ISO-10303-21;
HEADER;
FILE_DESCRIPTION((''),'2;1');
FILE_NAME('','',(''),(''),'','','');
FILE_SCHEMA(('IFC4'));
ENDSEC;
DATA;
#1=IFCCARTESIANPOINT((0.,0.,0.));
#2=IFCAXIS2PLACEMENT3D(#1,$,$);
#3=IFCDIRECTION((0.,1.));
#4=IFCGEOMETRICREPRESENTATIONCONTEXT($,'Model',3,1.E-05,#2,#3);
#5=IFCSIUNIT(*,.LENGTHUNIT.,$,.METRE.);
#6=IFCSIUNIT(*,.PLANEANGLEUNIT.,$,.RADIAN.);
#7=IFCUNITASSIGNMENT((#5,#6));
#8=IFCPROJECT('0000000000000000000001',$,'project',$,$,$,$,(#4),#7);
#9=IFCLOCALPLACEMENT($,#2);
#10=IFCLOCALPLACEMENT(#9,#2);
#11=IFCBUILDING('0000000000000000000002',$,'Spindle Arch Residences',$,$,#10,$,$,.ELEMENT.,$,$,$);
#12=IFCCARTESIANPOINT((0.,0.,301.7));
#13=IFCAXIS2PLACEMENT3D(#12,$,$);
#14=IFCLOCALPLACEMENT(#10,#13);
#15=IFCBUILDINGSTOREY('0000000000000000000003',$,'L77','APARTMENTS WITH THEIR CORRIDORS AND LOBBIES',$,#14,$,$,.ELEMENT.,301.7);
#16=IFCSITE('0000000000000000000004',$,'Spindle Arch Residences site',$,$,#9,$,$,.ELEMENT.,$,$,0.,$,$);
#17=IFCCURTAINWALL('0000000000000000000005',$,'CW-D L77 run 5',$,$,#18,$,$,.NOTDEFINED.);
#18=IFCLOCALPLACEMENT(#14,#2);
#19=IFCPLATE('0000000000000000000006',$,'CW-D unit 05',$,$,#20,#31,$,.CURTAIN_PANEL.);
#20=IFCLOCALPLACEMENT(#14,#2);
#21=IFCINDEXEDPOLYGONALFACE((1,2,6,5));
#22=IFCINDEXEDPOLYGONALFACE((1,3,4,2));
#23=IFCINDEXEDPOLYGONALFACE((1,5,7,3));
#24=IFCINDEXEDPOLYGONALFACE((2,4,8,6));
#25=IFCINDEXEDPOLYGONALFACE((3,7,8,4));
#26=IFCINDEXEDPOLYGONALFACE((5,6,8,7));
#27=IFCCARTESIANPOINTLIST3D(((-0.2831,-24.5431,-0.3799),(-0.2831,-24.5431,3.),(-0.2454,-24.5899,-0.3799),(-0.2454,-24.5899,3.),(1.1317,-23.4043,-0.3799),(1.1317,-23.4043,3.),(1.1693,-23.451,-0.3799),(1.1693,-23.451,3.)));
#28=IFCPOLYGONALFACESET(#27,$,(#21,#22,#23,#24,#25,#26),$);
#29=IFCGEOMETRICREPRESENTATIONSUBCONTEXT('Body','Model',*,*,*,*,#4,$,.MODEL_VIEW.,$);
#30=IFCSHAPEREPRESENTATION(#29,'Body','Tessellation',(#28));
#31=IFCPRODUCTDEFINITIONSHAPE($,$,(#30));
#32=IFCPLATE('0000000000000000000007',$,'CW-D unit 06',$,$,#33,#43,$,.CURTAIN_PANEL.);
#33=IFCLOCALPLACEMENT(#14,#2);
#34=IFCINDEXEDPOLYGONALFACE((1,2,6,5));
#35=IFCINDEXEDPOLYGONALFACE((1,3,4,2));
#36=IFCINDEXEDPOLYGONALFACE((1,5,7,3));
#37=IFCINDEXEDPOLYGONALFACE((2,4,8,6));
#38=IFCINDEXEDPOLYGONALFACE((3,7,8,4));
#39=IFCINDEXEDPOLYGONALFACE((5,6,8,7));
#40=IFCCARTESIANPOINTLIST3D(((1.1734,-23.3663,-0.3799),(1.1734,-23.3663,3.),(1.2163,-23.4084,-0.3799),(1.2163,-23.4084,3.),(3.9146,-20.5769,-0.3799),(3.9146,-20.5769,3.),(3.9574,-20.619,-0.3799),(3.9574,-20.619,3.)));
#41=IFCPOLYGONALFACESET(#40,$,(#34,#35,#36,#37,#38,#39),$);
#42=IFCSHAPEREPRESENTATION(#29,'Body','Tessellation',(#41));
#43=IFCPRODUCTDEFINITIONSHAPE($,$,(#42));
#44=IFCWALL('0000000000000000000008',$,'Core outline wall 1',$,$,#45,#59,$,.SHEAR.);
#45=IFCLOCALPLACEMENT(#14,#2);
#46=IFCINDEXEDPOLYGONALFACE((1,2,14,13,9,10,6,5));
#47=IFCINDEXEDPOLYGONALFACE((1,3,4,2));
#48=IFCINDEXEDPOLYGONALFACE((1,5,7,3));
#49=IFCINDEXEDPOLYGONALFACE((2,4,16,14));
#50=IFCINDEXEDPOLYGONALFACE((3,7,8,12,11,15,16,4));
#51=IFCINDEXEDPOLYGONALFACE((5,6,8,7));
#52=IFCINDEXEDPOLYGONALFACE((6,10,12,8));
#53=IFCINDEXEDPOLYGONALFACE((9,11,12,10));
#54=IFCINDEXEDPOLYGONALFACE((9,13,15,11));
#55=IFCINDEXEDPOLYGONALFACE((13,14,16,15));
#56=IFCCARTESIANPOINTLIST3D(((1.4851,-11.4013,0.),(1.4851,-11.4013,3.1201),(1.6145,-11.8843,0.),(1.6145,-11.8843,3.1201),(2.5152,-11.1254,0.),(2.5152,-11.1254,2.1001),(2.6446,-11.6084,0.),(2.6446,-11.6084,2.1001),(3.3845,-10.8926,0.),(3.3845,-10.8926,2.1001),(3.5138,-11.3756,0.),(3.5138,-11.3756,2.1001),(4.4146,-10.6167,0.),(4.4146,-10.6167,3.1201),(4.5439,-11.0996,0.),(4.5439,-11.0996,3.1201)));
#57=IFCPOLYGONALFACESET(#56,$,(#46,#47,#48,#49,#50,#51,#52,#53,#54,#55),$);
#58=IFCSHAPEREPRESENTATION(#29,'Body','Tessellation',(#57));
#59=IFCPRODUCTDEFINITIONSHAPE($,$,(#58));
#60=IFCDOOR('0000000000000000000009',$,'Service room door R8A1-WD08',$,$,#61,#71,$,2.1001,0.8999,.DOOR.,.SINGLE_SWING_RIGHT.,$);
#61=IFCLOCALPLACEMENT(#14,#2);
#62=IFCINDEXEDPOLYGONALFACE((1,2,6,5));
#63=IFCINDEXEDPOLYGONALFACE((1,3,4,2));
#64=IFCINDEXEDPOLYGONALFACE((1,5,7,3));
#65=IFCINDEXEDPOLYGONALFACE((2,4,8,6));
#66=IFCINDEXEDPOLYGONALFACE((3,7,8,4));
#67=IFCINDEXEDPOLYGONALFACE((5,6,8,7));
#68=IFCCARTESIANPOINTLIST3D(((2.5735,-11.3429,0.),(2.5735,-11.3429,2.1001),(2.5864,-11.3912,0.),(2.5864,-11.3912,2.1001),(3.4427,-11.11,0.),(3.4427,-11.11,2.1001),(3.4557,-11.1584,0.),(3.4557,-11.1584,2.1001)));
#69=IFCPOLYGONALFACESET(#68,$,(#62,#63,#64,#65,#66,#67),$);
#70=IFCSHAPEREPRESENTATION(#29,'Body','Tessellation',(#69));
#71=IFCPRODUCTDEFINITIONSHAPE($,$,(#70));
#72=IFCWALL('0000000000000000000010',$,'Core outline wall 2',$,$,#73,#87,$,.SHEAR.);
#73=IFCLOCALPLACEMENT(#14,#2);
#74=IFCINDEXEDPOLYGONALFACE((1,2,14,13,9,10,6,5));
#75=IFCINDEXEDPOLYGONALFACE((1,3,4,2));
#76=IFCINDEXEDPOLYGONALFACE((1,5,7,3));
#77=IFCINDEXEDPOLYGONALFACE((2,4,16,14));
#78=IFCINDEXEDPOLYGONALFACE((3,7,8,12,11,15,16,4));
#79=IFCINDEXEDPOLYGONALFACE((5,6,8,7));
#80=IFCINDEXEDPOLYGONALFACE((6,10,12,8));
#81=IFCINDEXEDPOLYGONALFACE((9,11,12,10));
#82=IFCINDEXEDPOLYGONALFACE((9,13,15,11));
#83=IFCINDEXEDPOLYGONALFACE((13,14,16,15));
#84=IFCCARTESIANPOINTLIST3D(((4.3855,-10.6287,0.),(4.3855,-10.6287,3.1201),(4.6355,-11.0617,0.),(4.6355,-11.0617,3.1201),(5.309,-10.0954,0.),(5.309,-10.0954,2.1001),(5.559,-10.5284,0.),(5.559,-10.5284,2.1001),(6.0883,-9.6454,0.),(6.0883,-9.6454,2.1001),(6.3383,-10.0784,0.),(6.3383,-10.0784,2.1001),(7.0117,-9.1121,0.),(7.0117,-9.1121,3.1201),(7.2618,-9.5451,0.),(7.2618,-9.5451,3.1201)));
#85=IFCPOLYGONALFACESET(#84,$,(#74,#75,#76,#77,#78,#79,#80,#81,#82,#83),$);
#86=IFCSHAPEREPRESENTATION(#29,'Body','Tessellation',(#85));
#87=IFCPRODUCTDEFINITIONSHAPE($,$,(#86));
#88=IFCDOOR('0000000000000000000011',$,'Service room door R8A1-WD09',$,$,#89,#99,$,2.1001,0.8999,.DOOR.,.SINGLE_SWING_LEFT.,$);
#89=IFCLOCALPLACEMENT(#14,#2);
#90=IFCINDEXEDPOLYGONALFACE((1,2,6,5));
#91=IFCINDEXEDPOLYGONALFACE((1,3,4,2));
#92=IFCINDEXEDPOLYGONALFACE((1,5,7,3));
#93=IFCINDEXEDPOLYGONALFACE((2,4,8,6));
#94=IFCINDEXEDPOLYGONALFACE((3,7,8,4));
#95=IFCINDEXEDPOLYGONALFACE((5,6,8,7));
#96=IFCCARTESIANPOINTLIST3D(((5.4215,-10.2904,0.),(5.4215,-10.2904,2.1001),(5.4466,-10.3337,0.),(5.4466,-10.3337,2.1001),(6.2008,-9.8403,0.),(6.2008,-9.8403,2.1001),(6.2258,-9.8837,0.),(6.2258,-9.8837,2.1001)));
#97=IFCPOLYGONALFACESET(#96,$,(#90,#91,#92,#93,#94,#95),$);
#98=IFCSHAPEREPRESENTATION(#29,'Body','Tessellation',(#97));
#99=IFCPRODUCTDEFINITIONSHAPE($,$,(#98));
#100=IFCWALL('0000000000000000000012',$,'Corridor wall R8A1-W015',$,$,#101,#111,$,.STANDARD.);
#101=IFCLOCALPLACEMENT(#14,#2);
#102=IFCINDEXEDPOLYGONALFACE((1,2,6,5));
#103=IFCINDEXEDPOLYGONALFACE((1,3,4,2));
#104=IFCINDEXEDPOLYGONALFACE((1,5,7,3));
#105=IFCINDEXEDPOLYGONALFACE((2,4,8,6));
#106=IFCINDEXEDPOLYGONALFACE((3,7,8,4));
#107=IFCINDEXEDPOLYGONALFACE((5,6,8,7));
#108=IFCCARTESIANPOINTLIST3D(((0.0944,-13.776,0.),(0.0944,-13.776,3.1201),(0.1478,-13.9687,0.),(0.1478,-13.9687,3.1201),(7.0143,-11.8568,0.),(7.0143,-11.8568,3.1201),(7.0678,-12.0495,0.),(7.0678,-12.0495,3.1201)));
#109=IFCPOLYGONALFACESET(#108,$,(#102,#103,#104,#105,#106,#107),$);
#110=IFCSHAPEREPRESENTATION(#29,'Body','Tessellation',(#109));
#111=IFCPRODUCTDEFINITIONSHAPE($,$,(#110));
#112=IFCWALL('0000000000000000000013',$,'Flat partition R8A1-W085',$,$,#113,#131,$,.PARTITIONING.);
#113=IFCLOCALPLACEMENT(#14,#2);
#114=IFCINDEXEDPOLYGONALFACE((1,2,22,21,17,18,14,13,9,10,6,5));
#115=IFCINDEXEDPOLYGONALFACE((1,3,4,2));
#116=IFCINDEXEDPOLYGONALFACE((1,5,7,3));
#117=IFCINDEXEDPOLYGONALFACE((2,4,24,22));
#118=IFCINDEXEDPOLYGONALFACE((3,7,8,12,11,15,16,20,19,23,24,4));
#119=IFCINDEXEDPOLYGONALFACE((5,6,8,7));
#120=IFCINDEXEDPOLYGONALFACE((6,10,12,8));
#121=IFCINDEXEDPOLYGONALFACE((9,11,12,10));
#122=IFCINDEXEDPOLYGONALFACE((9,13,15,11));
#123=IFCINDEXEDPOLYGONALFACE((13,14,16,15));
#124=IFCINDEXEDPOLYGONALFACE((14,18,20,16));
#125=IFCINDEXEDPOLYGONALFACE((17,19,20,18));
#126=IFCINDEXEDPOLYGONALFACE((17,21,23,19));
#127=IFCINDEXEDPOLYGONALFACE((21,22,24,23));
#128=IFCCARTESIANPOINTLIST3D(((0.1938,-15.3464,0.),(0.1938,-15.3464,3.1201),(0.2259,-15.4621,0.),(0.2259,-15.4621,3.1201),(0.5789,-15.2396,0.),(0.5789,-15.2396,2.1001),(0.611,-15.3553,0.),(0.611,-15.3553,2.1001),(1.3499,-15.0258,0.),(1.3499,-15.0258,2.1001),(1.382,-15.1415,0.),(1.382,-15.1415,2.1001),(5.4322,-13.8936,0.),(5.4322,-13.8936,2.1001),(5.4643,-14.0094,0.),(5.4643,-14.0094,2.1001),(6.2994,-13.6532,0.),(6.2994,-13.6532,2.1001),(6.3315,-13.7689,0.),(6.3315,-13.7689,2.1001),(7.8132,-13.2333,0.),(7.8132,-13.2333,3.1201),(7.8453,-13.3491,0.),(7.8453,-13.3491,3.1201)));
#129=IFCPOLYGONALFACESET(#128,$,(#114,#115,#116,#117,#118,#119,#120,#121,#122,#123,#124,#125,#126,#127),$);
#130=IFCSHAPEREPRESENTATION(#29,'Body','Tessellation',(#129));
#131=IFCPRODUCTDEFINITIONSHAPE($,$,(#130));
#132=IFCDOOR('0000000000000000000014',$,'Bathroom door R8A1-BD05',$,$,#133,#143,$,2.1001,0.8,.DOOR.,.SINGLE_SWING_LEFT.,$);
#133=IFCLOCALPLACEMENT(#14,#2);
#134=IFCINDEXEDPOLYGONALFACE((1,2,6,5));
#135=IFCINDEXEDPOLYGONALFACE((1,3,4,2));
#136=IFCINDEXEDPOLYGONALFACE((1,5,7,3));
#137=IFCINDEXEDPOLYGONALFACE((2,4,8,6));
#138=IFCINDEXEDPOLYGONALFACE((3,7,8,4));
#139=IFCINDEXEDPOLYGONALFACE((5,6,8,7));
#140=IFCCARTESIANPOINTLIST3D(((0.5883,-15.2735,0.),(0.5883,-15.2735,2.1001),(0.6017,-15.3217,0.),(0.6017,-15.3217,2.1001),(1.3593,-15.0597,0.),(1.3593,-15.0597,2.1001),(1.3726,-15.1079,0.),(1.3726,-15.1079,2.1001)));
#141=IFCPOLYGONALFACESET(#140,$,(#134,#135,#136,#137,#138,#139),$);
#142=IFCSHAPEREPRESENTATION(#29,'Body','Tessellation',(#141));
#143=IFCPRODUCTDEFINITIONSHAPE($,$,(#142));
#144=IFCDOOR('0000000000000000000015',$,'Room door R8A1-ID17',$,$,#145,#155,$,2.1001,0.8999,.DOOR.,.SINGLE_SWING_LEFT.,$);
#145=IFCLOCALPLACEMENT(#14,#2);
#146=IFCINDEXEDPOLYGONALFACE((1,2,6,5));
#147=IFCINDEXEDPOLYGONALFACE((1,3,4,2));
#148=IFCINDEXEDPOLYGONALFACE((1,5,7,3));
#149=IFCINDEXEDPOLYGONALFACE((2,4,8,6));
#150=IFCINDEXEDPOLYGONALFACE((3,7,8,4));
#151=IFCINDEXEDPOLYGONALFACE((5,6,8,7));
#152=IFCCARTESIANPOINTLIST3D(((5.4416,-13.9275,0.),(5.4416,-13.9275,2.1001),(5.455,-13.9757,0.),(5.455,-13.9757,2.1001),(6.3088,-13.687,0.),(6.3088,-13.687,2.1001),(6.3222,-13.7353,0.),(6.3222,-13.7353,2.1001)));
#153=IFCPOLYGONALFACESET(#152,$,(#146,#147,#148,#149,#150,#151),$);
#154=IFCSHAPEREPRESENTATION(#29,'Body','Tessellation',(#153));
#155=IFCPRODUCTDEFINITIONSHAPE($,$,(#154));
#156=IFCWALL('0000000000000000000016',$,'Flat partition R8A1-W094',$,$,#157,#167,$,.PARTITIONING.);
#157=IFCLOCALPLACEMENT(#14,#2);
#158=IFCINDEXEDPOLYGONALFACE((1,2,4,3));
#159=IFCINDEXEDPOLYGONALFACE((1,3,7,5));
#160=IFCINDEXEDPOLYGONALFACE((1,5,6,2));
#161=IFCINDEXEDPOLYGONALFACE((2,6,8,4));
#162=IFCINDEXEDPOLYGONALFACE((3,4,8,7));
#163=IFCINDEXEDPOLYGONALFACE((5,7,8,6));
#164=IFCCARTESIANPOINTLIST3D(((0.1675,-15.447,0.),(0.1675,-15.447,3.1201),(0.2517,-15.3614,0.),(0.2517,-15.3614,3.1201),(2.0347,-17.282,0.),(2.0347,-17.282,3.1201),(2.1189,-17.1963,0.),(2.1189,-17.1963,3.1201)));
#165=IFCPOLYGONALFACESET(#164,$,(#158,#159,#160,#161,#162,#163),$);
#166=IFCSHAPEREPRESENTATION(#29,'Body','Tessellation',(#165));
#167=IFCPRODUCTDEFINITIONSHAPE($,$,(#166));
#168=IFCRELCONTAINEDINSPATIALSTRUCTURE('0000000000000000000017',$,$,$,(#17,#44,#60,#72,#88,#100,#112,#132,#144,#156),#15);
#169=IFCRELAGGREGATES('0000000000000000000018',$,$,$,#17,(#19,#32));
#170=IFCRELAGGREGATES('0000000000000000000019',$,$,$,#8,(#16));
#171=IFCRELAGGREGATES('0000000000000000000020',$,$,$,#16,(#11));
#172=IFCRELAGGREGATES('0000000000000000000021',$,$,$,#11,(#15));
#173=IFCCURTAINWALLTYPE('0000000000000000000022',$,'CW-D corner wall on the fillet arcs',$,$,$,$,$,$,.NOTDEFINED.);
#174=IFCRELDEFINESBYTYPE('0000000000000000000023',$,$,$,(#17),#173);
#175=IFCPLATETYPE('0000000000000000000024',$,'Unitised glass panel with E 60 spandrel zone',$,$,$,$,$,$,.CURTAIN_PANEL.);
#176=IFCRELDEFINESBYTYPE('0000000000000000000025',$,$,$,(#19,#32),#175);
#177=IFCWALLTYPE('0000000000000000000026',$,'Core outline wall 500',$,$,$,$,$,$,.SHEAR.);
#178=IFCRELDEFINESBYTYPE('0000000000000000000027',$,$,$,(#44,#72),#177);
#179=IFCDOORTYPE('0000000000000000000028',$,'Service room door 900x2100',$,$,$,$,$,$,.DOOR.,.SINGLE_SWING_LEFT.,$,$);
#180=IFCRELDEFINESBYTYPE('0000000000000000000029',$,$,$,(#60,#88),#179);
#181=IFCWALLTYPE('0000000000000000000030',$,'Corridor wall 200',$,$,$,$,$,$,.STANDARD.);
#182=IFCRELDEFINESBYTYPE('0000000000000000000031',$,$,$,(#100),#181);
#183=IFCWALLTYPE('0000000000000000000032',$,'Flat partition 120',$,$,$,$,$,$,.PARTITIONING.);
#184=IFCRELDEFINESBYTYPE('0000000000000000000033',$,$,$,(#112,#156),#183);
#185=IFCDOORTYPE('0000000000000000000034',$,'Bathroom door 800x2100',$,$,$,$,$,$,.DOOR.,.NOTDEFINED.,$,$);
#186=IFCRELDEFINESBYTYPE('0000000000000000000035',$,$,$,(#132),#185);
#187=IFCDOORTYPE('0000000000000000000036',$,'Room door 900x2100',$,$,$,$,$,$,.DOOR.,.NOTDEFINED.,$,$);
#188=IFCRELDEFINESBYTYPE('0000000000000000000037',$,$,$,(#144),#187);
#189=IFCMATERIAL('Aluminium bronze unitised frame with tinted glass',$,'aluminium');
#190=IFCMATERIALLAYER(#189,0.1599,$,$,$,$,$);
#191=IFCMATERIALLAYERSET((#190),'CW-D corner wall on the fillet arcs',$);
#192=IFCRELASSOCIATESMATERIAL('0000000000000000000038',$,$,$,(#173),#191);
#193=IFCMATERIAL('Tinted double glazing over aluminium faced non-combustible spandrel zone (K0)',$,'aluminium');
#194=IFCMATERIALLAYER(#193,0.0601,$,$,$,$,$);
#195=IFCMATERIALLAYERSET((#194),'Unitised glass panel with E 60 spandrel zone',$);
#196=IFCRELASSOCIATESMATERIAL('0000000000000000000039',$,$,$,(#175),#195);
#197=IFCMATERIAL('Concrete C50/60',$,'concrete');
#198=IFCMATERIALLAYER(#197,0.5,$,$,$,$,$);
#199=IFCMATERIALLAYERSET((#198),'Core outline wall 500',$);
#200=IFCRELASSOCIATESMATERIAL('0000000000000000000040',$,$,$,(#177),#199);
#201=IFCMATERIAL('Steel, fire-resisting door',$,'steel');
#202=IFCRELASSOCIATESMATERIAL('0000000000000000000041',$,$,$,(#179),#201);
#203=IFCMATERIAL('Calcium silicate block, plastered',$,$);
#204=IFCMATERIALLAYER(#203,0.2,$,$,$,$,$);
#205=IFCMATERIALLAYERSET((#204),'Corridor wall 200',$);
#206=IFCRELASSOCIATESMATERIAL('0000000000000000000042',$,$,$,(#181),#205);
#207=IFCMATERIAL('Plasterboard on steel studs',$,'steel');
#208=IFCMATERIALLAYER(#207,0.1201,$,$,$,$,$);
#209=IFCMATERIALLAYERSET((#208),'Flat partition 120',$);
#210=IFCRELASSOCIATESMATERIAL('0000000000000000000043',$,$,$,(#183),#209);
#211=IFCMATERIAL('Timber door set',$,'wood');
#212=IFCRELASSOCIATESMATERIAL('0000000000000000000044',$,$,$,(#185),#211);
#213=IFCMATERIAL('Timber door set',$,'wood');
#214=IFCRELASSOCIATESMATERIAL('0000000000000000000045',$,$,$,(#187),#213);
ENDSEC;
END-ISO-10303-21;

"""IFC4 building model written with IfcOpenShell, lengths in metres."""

from ifc_helpers import new_model, si_unit, direction, frame, frame_2d, origin, origin_2d, place, context, subcontext, project, spatial, rectangle, extrude, material, layer, layer_set, type_object, element, fill, aggregate, save


model = new_model("IFC4")

# Units and contexts
model_context = context("Model", 3, precision=1e-05, world=origin(), true_north=direction((0.0, 1.0)))
body_context = subcontext(model_context, "Body", "Model", "MODEL_VIEW")
ifc_project = project(units=[si_unit("LENGTHUNIT", "METRE"), si_unit("PLANEANGLEUNIT", "RADIAN")], contexts=[model_context])

# Site, building, storey
site_placement = place(None, origin())
site = spatial("IfcSite", under=ifc_project, at=site_placement, Name="Spindle Arch Residences site", CompositionType="ELEMENT", RefElevation=0.0)
building_placement = place(site_placement, origin())
building = spatial("IfcBuilding", under=site, at=building_placement, Name="Spindle Arch Residences", CompositionType="ELEMENT")
storey_placement = place(building_placement, frame((0.0, 0.0, 301.7)))
storey = spatial("IfcBuildingStorey", under=building, at=storey_placement, Name="L77", Description="APARTMENTS WITH THEIR CORRIDORS AND LOBBIES", CompositionType="ELEMENT", Elevation=301.7)

# Curtain wall
ifc_material_1 = material(Name="Aluminium bronze unitised frame with tinted glass", Category="aluminium")
ifc_layer_1 = layer(ifc_material_1, 0.1599)
ifc_layer_set_1 = layer_set([ifc_layer_1], Name="CW-D corner wall on the fillet arcs")
curtain_wall_type_1 = type_object("IfcCurtainWallType", Name="CW-D corner wall on the fillet arcs", PredefinedType="NOTDEFINED", material=ifc_layer_set_1)
curtain_wall_1_placement = place(storey_placement, origin())
curtain_wall_1 = element("IfcCurtainWall", 1, at=curtain_wall_1_placement, inside=storey, type_object=curtain_wall_type_1, Name="CW-D L77 run 5", PredefinedType="NOTDEFINED")

# Plates
ifc_material_2 = material(Name="Tinted double glazing over aluminium faced non-combustible spandrel zone (K0)", Category="aluminium")
ifc_layer_2 = layer(ifc_material_2, 0.0601)
ifc_layer_set_2 = layer_set([ifc_layer_2], Name="Unitised glass panel with E 60 spandrel zone")
plate_type = type_object("IfcPlateType", Name="Unitised glass panel with E 60 spandrel zone", PredefinedType="CURTAIN_PANEL", material=ifc_layer_set_2)
plate_1_placement = place(storey_placement, frame((0.4431, -23.9971, -0.3799), z_axis=(0.0, 0.0, 1.0), x_axis=(0.778973, 0.627057, 0.0)))
plate_1 = element("IfcPlate", 2, at=plate_1_placement, type_object=plate_type, Name="CW-D unit 05", PredefinedType="CURTAIN_PANEL", context=body_context, shape_type="SweptSolid", body=[
    extrude(rectangle(XDim=1.8162, YDim=0.0601, at=origin_2d()), origin(), (0.0, 0.0, 1.0), 3.3799),
])
plate_2_placement = place(storey_placement, frame((2.5654, -21.9927, -0.3799), z_axis=(0.0, 0.0, 1.0), x_axis=(0.700909, 0.71325, 0.0)))
plate_2 = element("IfcPlate", 3, at=plate_2_placement, type_object=plate_type, Name="CW-D unit 06", PredefinedType="CURTAIN_PANEL", context=body_context, shape_type="SweptSolid", body=[
    extrude(rectangle(XDim=3.9109, YDim=0.0601, at=origin_2d()), origin(), (0.0, 0.0, 1.0), 3.3799),
])
aggregate(curtain_wall_1, [plate_1, plate_2])

# Walls, openings, doors
ifc_material_3 = material(Name="Concrete C50/60", Category="concrete")
ifc_layer_3 = layer(ifc_material_3, 0.5)
ifc_layer_set_3 = layer_set([ifc_layer_3], Name="Core outline wall 500")
wall_type_1 = type_object("IfcWallType", Name="Core outline wall 500", PredefinedType="SHEAR", material=ifc_layer_set_3)
wall_1_placement = place(storey_placement, frame((1.5498, -11.6428, 0.0), z_axis=(0.0, 0.0, 1.0), x_axis=(0.965948, 0.258735, 0.0)))
wall_1 = element("IfcWall", 4, at=wall_1_placement, inside=storey, type_object=wall_type_1, Name="Core outline wall 1", PredefinedType="SHEAR", context=body_context, shape_type="SweptSolid", body=[
    extrude(rectangle(XDim=3.0327, YDim=0.5, at=frame_2d((1.5164, 0.0))), origin(), (0.0, 0.0, 1.0), 3.1201),
])
opening_1_placement = place(wall_1_placement, frame((1.0664, 0.0, 0.0)))
opening_1 = element("IfcOpeningElement", 5, at=opening_1_placement, cuts=wall_1, PredefinedType="OPENING", context=body_context, shape_type="SweptSolid", body=[
    extrude(rectangle(XDim=0.8999, YDim=2.1001, at=frame_2d((0.45, 1.05))), frame((0.0, 0.26, 0.0), z_axis=(0.0, -1.0, 0.0), x_axis=(1.0, 0.0, 0.0)), (0.0, 0.0, 1.0), 0.52),
])
ifc_material_4 = material(Name="Steel, fire-resisting door", Category="steel")
door_type_1 = type_object("IfcDoorType", Name="Service room door 900x2100", OperationType="SINGLE_SWING_LEFT", PredefinedType="DOOR", material=ifc_material_4)
door_1_placement = place(opening_1_placement, origin())
door_1 = element("IfcDoor", 6, at=door_1_placement, inside=storey, type_object=door_type_1, Name="Service room door R8A1-WD08", OperationType="SINGLE_SWING_RIGHT", OverallHeight=2.1001, OverallWidth=0.8999, PredefinedType="DOOR", context=body_context, shape_type="SweptSolid", body=[
    extrude(rectangle(XDim=0.8999, YDim=2.1001, at=frame_2d((0.45, 1.05))), frame((0.0, 0.0249, 0.0), z_axis=(0.0, -1.0, 0.0), x_axis=(1.0, 0.0, 0.0)), (0.0, 0.0, 1.0), 0.05),
])
fill(opening_1, door_1)
wall_2_placement = place(storey_placement, frame((4.5105, -10.8452, 0.0), z_axis=(0.0, 0.0, 1.0), x_axis=(0.865975, 0.500087, 0.0)))
wall_2 = element("IfcWall", 7, at=wall_2_placement, inside=storey, type_object=wall_type_1, Name="Core outline wall 2", PredefinedType="SHEAR", context=body_context, shape_type="SweptSolid", body=[
    extrude(rectangle(XDim=3.0327, YDim=0.5, at=frame_2d((1.5164, 0.0))), origin(), (0.0, 0.0, 1.0), 3.1201),
])
opening_2_placement = place(wall_2_placement, frame((1.0664, 0.0, 0.0)))
opening_2 = element("IfcOpeningElement", 8, at=opening_2_placement, cuts=wall_2, PredefinedType="OPENING", context=body_context, shape_type="SweptSolid", body=[
    extrude(rectangle(XDim=0.8999, YDim=2.1001, at=frame_2d((0.45, 1.05))), frame((0.0, 0.26, 0.0), z_axis=(0.0, -1.0, 0.0), x_axis=(1.0, 0.0, 0.0)), (0.0, 0.0, 1.0), 0.52),
])
door_2_placement = place(opening_2_placement, origin())
door_2 = element("IfcDoor", 9, at=door_2_placement, inside=storey, type_object=door_type_1, Name="Service room door R8A1-WD09", OperationType="SINGLE_SWING_LEFT", OverallHeight=2.1001, OverallWidth=0.8999, PredefinedType="DOOR", context=body_context, shape_type="SweptSolid", body=[
    extrude(rectangle(XDim=0.8999, YDim=2.1001, at=frame_2d((0.45, 1.05))), frame((0.0, 0.0249, 0.0), z_axis=(0.0, -1.0, 0.0), x_axis=(1.0, 0.0, 0.0)), (0.0, 0.0, 1.0), 0.05),
])
fill(opening_2, door_2)

# Wall
ifc_material_5 = material(Name="Calcium silicate block, plastered")
ifc_layer_4 = layer(ifc_material_5, 0.2)
ifc_layer_set_4 = layer_set([ifc_layer_4], Name="Corridor wall 200")
wall_type_2 = type_object("IfcWallType", Name="Corridor wall 200", PredefinedType="STANDARD", material=ifc_layer_set_4)
wall_3_placement = place(storey_placement, frame((0.1211, -13.8723, 0.0), z_axis=(0.0, 0.0, 1.0), x_axis=(0.963626, 0.267255, 0.0)))
element("IfcWall", 10, at=wall_3_placement, inside=storey, type_object=wall_type_2, Name="Corridor wall R8A1-W015", PredefinedType="STANDARD", context=body_context, shape_type="SweptSolid", body=[
    extrude(rectangle(XDim=7.1812, YDim=0.2, at=frame_2d((3.5906, 0.0))), origin(), (0.0, 0.0, 1.0), 3.1201),
])

# Wall, openings, doors
ifc_material_6 = material(Name="Plasterboard on steel studs", Category="steel")
ifc_layer_5 = layer(ifc_material_6, 0.1201)
ifc_layer_set_5 = layer_set([ifc_layer_5], Name="Flat partition 120")
wall_type_3 = type_object("IfcWallType", Name="Flat partition 120", PredefinedType="PARTITIONING", material=ifc_layer_set_5)
wall_4_placement = place(storey_placement, frame((0.2097, -15.4043, 0.0), z_axis=(0.0, 0.0, 1.0), x_axis=(0.963631, 0.267238, 0.0)))
wall_4 = element("IfcWall", 11, at=wall_4_placement, inside=storey, type_object=wall_type_3, Name="Flat partition R8A1-W085", PredefinedType="PARTITIONING", context=body_context, shape_type="SweptSolid", body=[
    extrude(rectangle(XDim=7.907, YDim=0.1201, at=frame_2d((3.9536, 0.0))), origin(), (0.0, 0.0, 1.0), 3.1201),
])
opening_3_placement = place(wall_4_placement, frame((0.3999, 0.0, 0.0)))
opening_3 = element("IfcOpeningElement", 12, at=opening_3_placement, cuts=wall_4, PredefinedType="OPENING", context=body_context, shape_type="SweptSolid", body=[
    extrude(rectangle(XDim=0.8, YDim=2.1001, at=frame_2d((0.3999, 1.05))), frame((0.0, 0.0701, 0.0), z_axis=(0.0, -1.0, 0.0), x_axis=(1.0, 0.0, 0.0)), (0.0, 0.0, 1.0), 0.1401),
])
opening_4_placement = place(wall_4_placement, frame((5.4363, 0.0, 0.0)))
opening_4 = element("IfcOpeningElement", 13, at=opening_4_placement, cuts=wall_4, PredefinedType="OPENING", context=body_context, shape_type="SweptSolid", body=[
    extrude(rectangle(XDim=0.8999, YDim=2.1001, at=frame_2d((0.45, 1.05))), frame((0.0, 0.0701, 0.0), z_axis=(0.0, -1.0, 0.0), x_axis=(1.0, 0.0, 0.0)), (0.0, 0.0, 1.0), 0.1401),
])
ifc_material_7 = material(Name="Timber door set", Category="wood")
door_type_2 = type_object("IfcDoorType", Name="Bathroom door 800x2100", OperationType="NOTDEFINED", PredefinedType="DOOR", material=ifc_material_7)
door_3_placement = place(opening_3_placement, origin())
door_3 = element("IfcDoor", 14, at=door_3_placement, inside=storey, type_object=door_type_2, Name="Bathroom door R8A1-BD05", OperationType="SINGLE_SWING_LEFT", OverallHeight=2.1001, OverallWidth=0.8, PredefinedType="DOOR", context=body_context, shape_type="SweptSolid", body=[
    extrude(rectangle(XDim=0.8, YDim=2.1001, at=frame_2d((0.3999, 1.05))), frame((0.0, 0.0249, 0.0), z_axis=(0.0, -1.0, 0.0), x_axis=(1.0, 0.0, 0.0)), (0.0, 0.0, 1.0), 0.05),
])
fill(opening_3, door_3)
ifc_material_8 = material(Name="Timber door set", Category="wood")
door_type_3 = type_object("IfcDoorType", Name="Room door 900x2100", OperationType="NOTDEFINED", PredefinedType="DOOR", material=ifc_material_8)
door_4_placement = place(opening_4_placement, origin())
door_4 = element("IfcDoor", 15, at=door_4_placement, inside=storey, type_object=door_type_3, Name="Room door R8A1-ID17", OperationType="SINGLE_SWING_LEFT", OverallHeight=2.1001, OverallWidth=0.8999, PredefinedType="DOOR", context=body_context, shape_type="SweptSolid", body=[
    extrude(rectangle(XDim=0.8999, YDim=2.1001, at=frame_2d((0.45, 1.05))), frame((0.0, 0.0249, 0.0), z_axis=(0.0, -1.0, 0.0), x_axis=(1.0, 0.0, 0.0)), (0.0, 0.0, 1.0), 0.05),
])
fill(opening_4, door_4)

# Wall
wall_5_placement = place(storey_placement, frame((2.0769, -17.2393, 0.0), z_axis=(0.0, 0.0, 1.0), x_axis=(-0.713235, 0.700925, 0.0)))
element("IfcWall", 16, at=wall_5_placement, inside=storey, type_object=wall_type_3, Name="Flat partition R8A1-W094", PredefinedType="PARTITIONING", context=body_context, shape_type="SweptSolid", body=[
    extrude(rectangle(XDim=2.6179, YDim=0.1201, at=frame_2d((1.3091, 0.0))), origin(), (0.0, 0.0, 1.0), 3.1201),
])

save(model, "model.ifc")
